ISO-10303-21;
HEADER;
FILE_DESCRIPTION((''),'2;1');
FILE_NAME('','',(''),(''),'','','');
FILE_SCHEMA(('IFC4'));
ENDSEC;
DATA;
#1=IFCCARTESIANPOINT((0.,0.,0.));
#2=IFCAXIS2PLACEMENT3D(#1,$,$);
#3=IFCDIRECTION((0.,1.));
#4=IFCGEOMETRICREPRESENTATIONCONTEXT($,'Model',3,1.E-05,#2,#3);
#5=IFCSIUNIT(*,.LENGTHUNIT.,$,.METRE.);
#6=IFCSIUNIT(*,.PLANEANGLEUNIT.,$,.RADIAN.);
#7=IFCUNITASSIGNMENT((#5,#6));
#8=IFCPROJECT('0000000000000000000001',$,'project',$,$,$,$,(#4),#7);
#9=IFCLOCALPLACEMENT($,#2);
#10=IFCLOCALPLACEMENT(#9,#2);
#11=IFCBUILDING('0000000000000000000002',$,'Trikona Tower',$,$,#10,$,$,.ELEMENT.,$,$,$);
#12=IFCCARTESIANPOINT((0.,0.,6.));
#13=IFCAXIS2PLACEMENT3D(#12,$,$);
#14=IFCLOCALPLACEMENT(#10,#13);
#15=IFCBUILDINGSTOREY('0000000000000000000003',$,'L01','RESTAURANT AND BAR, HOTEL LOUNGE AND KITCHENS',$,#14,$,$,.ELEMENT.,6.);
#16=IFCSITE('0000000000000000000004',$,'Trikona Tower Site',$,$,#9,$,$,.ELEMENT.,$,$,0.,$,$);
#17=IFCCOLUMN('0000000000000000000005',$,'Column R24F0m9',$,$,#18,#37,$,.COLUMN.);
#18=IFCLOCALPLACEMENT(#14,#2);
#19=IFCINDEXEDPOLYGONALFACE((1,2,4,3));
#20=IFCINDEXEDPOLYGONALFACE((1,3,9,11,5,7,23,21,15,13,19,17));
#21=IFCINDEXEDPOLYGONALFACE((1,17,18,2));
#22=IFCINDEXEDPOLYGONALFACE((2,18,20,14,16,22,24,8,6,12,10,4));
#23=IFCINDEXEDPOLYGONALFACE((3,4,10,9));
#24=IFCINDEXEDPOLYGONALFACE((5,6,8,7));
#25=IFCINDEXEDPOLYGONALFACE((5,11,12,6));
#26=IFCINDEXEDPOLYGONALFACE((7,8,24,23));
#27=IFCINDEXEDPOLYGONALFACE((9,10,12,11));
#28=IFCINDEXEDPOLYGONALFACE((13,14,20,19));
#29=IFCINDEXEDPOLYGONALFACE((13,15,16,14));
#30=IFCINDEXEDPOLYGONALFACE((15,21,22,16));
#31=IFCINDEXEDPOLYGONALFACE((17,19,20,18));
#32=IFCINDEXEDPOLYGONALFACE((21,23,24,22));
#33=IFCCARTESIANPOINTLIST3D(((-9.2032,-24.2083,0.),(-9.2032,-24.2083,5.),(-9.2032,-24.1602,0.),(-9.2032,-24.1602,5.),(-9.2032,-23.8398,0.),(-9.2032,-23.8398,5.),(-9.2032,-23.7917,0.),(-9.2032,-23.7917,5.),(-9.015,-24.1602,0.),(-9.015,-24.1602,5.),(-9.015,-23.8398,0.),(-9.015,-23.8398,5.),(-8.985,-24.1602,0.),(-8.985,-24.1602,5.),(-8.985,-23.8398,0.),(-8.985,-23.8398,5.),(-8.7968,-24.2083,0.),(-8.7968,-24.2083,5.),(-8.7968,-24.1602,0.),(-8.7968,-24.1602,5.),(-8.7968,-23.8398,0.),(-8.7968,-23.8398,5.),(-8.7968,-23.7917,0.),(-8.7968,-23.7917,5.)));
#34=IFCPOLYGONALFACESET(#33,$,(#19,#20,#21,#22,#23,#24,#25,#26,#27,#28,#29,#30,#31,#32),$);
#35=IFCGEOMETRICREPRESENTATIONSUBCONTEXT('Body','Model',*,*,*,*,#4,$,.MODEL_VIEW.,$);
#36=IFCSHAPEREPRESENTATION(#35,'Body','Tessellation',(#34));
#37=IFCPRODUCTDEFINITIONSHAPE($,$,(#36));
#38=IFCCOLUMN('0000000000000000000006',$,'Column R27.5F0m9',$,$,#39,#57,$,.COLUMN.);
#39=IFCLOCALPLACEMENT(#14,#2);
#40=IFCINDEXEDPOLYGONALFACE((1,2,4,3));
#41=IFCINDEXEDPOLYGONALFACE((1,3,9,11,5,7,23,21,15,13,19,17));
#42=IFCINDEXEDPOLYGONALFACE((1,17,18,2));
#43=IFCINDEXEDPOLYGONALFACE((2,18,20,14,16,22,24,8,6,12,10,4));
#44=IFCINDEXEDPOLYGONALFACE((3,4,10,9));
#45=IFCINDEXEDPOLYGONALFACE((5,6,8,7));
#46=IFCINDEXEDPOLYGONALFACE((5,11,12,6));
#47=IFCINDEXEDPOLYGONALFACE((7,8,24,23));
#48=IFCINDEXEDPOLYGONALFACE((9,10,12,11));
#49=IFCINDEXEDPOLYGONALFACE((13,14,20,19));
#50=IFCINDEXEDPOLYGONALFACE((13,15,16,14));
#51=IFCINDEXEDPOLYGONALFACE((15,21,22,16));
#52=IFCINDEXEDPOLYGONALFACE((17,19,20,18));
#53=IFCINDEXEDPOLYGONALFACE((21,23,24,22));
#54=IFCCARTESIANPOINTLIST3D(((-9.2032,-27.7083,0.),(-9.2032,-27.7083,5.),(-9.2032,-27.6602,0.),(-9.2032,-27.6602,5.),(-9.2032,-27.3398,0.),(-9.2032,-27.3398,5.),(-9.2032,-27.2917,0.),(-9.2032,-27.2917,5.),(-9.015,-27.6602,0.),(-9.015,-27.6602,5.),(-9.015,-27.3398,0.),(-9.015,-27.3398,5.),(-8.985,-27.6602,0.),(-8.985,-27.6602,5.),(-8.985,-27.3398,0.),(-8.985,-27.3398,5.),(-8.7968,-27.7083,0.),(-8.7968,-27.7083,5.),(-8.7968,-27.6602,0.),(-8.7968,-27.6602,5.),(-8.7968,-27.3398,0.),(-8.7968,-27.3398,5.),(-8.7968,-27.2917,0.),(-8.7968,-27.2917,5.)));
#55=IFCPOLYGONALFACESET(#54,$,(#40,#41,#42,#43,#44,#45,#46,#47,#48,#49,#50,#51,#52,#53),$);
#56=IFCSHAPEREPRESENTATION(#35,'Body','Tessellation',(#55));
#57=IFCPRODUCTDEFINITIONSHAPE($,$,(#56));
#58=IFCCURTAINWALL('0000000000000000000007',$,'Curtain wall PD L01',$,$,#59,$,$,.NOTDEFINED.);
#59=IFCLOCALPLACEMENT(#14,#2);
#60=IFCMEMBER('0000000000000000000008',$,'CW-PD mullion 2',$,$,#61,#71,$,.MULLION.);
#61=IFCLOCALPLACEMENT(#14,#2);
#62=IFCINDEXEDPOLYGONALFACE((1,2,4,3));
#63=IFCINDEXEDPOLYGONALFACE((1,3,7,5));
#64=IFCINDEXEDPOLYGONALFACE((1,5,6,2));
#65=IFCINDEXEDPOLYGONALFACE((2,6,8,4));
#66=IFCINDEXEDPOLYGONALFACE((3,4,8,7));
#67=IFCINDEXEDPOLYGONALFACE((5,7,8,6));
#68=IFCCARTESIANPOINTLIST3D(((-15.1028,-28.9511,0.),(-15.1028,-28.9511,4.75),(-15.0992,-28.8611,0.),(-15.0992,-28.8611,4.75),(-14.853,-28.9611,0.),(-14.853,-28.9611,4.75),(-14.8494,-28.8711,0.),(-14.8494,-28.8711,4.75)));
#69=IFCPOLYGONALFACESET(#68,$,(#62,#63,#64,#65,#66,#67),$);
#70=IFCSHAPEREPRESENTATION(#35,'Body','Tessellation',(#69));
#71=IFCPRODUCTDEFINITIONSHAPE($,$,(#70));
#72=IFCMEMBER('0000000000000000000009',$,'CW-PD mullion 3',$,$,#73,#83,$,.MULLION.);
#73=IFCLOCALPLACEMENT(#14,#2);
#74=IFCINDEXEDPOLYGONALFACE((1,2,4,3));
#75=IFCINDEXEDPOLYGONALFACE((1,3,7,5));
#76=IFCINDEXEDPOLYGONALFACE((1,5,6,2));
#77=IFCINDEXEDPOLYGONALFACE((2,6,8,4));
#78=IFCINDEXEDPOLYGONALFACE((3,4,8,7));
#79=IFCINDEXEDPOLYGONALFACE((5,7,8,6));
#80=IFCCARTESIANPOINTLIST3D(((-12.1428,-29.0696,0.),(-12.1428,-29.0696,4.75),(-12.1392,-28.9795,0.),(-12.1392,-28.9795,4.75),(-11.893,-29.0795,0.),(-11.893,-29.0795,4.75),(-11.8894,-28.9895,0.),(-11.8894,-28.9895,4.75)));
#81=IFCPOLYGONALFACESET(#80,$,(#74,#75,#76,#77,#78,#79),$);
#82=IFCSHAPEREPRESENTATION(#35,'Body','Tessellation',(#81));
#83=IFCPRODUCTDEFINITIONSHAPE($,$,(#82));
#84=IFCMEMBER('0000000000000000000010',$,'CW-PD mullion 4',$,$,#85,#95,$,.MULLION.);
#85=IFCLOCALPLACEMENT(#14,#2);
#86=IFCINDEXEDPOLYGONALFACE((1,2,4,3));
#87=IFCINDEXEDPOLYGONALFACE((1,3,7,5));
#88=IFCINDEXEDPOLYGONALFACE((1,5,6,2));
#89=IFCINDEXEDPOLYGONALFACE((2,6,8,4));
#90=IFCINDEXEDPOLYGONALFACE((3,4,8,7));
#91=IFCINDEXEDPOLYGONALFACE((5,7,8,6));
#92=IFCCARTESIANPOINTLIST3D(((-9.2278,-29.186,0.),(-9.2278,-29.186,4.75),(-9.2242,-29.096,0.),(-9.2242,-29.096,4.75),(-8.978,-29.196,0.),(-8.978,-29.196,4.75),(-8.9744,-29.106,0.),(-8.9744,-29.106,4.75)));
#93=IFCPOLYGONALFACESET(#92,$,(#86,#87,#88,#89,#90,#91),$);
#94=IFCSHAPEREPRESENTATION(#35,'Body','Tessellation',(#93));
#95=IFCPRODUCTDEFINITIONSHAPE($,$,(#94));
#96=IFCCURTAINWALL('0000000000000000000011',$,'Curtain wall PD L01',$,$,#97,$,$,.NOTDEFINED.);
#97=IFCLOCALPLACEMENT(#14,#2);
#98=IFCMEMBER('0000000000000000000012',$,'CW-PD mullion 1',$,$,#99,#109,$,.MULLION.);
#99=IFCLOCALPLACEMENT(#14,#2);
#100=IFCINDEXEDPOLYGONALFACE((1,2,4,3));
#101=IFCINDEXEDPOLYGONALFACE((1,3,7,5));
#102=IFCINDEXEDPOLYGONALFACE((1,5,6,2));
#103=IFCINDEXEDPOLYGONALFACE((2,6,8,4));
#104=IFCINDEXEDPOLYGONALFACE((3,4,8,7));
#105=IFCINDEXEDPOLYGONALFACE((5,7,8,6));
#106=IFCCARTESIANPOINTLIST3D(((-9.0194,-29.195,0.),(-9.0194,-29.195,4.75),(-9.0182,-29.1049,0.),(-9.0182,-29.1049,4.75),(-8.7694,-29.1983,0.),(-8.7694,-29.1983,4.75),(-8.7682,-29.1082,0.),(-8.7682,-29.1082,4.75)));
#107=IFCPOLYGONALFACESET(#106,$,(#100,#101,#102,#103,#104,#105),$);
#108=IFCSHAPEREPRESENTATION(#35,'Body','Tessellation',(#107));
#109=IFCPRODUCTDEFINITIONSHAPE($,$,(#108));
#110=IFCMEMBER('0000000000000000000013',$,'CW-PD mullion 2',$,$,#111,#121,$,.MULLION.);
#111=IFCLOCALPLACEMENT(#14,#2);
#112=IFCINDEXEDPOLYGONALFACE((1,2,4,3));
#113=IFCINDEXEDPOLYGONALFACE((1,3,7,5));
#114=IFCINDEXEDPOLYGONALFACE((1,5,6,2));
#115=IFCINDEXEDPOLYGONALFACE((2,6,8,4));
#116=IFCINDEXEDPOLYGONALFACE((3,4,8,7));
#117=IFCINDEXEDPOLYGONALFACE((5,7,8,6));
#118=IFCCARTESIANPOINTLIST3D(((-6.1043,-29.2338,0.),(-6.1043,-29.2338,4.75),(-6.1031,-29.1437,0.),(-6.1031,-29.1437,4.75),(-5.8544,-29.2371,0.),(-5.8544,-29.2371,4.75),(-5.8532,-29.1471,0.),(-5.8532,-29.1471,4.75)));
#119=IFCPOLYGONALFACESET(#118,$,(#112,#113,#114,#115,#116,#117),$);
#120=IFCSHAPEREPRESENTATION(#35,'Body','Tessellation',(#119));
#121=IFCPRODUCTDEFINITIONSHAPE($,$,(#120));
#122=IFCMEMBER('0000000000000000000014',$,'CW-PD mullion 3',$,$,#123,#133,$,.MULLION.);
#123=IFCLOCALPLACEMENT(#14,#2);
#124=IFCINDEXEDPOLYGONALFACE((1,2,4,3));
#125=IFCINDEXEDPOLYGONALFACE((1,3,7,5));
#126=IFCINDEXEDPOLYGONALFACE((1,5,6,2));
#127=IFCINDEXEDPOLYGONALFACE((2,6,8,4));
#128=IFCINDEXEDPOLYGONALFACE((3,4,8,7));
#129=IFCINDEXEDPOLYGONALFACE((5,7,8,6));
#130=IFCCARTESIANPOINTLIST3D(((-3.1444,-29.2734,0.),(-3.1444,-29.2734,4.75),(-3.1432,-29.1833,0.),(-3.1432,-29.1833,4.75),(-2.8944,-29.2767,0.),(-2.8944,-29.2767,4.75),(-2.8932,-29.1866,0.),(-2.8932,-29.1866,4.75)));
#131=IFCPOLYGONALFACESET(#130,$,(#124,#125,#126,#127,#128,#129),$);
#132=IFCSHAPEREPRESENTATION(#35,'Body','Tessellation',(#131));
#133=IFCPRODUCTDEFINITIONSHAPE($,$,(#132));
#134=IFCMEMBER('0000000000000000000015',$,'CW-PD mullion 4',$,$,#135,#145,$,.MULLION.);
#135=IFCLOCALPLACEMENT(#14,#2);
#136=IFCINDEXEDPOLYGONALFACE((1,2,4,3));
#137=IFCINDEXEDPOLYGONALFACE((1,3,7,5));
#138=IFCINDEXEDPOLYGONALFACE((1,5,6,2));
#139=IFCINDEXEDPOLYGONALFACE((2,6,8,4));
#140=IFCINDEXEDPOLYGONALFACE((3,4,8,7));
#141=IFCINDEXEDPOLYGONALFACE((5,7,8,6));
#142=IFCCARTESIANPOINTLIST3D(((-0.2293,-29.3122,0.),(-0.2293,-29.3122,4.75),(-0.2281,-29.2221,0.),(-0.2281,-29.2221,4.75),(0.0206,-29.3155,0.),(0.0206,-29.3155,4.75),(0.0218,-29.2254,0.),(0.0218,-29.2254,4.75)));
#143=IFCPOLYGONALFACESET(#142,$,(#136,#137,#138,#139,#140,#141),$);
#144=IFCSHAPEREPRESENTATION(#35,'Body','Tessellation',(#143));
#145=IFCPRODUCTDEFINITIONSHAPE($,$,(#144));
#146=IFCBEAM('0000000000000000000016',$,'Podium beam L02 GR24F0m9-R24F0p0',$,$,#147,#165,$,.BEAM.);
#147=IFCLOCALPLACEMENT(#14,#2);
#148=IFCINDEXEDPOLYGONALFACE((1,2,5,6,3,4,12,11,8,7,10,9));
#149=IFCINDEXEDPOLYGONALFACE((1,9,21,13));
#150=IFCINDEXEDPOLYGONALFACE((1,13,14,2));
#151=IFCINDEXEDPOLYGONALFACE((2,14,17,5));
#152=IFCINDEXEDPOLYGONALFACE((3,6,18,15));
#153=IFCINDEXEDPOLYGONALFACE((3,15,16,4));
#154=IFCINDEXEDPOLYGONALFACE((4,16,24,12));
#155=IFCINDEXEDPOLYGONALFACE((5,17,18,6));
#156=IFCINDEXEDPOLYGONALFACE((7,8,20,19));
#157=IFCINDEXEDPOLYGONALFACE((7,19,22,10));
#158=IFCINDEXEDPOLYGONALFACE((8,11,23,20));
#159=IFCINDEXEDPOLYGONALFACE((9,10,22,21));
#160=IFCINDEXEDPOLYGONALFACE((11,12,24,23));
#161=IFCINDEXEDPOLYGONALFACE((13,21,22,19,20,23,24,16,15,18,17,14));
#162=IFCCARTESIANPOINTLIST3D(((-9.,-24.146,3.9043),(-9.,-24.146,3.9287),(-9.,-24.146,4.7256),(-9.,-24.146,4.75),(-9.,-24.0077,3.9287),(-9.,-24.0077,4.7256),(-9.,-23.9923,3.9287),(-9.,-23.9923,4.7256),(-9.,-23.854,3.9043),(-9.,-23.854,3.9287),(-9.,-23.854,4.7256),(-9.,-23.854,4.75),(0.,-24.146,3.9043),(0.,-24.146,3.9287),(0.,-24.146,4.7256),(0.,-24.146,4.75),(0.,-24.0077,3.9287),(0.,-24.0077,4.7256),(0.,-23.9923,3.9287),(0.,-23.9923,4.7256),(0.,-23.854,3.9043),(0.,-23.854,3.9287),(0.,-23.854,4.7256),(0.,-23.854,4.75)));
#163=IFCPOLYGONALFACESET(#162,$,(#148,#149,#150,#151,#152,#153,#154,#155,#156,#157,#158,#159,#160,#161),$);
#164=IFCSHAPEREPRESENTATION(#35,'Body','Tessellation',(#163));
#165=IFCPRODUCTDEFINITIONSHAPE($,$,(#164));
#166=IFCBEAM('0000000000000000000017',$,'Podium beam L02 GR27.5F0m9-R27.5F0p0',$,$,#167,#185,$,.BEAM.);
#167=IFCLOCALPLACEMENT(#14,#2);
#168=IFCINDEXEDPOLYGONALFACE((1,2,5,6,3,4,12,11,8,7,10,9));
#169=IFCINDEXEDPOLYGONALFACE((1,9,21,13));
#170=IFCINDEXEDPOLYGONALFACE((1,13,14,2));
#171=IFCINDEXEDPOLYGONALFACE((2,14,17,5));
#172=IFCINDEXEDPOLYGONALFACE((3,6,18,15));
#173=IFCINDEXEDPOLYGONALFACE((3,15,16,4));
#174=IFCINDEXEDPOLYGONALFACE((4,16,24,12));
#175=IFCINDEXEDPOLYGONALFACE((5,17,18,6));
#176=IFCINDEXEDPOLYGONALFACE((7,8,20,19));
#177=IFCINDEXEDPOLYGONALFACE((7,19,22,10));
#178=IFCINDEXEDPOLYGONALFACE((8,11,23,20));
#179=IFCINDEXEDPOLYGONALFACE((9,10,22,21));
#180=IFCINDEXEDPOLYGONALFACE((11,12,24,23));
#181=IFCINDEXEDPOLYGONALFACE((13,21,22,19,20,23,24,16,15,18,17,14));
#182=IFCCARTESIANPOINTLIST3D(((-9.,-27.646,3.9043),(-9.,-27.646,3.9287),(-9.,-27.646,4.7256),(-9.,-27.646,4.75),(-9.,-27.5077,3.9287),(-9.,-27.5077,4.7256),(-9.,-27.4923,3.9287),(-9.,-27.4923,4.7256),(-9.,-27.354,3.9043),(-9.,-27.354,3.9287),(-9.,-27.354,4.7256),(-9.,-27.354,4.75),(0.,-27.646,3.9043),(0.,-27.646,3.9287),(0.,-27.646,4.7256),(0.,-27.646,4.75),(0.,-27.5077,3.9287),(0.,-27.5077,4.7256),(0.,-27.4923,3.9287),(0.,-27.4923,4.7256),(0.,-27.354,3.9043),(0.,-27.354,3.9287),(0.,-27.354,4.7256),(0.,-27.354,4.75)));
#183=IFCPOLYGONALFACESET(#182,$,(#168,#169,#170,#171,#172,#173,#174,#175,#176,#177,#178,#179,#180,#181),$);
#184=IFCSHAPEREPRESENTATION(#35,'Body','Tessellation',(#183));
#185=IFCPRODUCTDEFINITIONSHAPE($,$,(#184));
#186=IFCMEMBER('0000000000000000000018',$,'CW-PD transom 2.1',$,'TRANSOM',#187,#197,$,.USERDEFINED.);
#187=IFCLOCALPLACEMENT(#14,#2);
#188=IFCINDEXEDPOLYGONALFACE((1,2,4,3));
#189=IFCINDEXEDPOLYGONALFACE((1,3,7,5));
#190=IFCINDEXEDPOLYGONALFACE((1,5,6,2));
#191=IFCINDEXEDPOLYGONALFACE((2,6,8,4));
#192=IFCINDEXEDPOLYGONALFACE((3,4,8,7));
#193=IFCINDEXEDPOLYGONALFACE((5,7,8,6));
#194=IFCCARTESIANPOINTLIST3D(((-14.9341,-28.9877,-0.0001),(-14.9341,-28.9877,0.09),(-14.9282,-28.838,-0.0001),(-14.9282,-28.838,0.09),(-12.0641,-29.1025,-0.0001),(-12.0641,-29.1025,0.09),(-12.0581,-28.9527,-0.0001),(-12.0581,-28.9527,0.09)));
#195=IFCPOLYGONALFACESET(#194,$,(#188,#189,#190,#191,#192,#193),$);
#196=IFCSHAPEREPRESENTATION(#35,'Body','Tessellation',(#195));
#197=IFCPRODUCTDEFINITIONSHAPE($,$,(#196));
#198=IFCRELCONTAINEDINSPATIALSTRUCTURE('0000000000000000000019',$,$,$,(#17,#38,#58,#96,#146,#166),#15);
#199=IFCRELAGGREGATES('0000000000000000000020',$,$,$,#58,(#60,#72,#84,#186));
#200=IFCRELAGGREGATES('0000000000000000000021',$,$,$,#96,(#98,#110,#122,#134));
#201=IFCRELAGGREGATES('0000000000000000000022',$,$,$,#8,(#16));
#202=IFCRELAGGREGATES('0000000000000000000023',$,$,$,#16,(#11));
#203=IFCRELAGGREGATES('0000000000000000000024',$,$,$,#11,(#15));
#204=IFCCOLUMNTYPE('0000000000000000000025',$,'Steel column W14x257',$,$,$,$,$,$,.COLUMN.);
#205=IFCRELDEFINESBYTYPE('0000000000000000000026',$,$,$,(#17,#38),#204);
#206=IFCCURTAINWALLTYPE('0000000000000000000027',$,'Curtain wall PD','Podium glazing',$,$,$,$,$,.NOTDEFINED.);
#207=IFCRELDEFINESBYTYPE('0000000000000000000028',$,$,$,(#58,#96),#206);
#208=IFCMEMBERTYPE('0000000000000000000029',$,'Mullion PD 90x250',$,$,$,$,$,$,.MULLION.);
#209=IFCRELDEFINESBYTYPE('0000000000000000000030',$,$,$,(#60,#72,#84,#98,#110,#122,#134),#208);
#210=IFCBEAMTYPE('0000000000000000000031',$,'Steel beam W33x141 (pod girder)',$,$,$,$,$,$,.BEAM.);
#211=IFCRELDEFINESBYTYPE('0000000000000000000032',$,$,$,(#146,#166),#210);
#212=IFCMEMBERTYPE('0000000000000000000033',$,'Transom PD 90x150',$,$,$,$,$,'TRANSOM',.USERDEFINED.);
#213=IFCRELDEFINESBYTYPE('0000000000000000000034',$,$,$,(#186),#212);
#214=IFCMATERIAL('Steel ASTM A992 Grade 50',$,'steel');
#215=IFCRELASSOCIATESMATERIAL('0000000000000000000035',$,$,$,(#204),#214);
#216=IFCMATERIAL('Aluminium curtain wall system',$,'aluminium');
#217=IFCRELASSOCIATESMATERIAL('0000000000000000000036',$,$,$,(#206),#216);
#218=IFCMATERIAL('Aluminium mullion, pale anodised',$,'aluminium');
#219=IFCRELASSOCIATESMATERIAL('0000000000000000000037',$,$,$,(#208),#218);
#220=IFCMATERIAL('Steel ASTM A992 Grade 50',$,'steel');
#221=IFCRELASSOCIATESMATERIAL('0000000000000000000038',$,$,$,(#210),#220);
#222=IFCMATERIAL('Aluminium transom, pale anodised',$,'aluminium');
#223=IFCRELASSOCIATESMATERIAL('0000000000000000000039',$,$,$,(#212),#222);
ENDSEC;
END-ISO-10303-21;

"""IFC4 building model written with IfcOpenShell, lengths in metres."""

from ifc_helpers import new_model, si_unit, direction, frame, origin, origin_2d, place, context, subcontext, project, spatial, rectangle, i_section, extrude, material, material_profile, profile_set, type_object, element, aggregate, save


model = new_model("IFC4")

# Units and contexts
model_context = context("Model", 3, precision=1e-05, world=origin(), true_north=direction((0.0, 1.0)))
body_context = subcontext(model_context, "Body", "Model", "MODEL_VIEW")
ifc_project = project(units=[si_unit("LENGTHUNIT", "METRE"), si_unit("PLANEANGLEUNIT", "RADIAN")], contexts=[model_context])

# Site, building, storey
site_placement = place(None, origin())
site = spatial("IfcSite", under=ifc_project, at=site_placement, Name="Trikona Tower Site", CompositionType="ELEMENT", RefElevation=0.0)
building_placement = place(site_placement, origin())
building = spatial("IfcBuilding", under=site, at=building_placement, Name="Trikona Tower", CompositionType="ELEMENT")
storey_placement = place(building_placement, frame((0.0, 0.0, 6.0)))
storey = spatial("IfcBuildingStorey", under=building, at=storey_placement, Name="L01", Description="RESTAURANT AND BAR, HOTEL LOUNGE AND KITCHENS", CompositionType="ELEMENT", Elevation=6.0)

# Columns
ifc_material_1 = material(Name="Steel ASTM A992 Grade 50", Category="steel")
ifc_material_profile_1 = material_profile(ifc_material_1, i_section(OverallWidth=0.4065, OverallDepth=0.4165, WebThickness=0.03, FlangeThickness=0.0481, at=origin_2d()), Name="W14X257")
ifc_profile_set_1 = profile_set([ifc_material_profile_1], Name="Steel ASTM A992 Grade 50")
column_type = type_object("IfcColumnType", Name="Steel column W14x257", PredefinedType="COLUMN", material=ifc_profile_set_1)
for number, where, z_axis, x_axis, name in (
    (1, (-9.0, -24.0, 0.0), (0.0, 0.0, 1.0), (1.0, 0.0, 0.0), "Column R24F0m9"),
    (2, (-9.0, -27.5, 0.0), (0.0, 0.0, 1.0), (1.0, 0.0, 0.0), "Column R27.5F0m9"),
):
    element("IfcColumn", number, at=place(storey_placement, frame(where, z_axis=z_axis, x_axis=x_axis)), inside=storey, type_object=column_type, Name=name, PredefinedType="COLUMN", context=body_context, shape_type="SweptSolid", body=[
        extrude(i_section(OverallWidth=0.4065, OverallDepth=0.4165, WebThickness=0.03, FlangeThickness=0.0481, at=origin_2d()), origin(), (0.0, 0.0, 1.0), 5.0),
    ])

# Curtain walls, members
ifc_material_2 = material(Name="Aluminium curtain wall system", Category="aluminium")
curtain_wall_type = type_object("IfcCurtainWallType", Name="Curtain wall PD", Description="Podium glazing", PredefinedType="NOTDEFINED", material=ifc_material_2)
curtain_wall_1_placement = place(storey_placement, origin())
curtain_wall_1 = element("IfcCurtainWall", 3, at=curtain_wall_1_placement, inside=storey, type_object=curtain_wall_type, Name="Curtain wall PD L01", PredefinedType="NOTDEFINED")
ifc_material_3 = material(Name="Aluminium mullion, pale anodised", Category="aluminium")
ifc_material_profile_2 = material_profile(ifc_material_3, rectangle(XDim=0.0901, YDim=0.25, at=origin_2d()), Name="MUL-PD")
ifc_profile_set_2 = profile_set([ifc_material_profile_2], Name="Aluminium mullion, pale anodised")
member_type_1 = type_object("IfcMemberType", Name="Mullion PD 90x250", PredefinedType="MULLION", material=ifc_profile_set_2)
member_1_placement = place(storey_placement, frame((-14.9761, -28.9111, 0.0), z_axis=(0.0, 0.0, 1.0), x_axis=(0.039968, 0.999201, 0.0)))
member_1 = element("IfcMember", 4, at=member_1_placement, type_object=member_type_1, Name="CW-PD mullion 2", PredefinedType="MULLION", context=body_context, shape_type="SweptSolid", body=[
    extrude(rectangle(XDim=0.0901, YDim=0.25, at=origin_2d()), origin(), (0.0, 0.0, 1.0), 4.75),
])
member_2_placement = place(storey_placement, frame((-12.0161, -29.0295, 0.0), z_axis=(0.0, 0.0, 1.0), x_axis=(0.039968, 0.999201, 0.0)))
member_2 = element("IfcMember", 5, at=member_2_placement, type_object=member_type_1, Name="CW-PD mullion 3", PredefinedType="MULLION", context=body_context, shape_type="SweptSolid", body=[
    extrude(rectangle(XDim=0.0901, YDim=0.25, at=origin_2d()), origin(), (0.0, 0.0, 1.0), 4.75),
])
member_3_placement = place(storey_placement, frame((-9.1011, -29.146, 0.0), z_axis=(0.0, 0.0, 1.0), x_axis=(0.039968, 0.999201, 0.0)))
member_3 = element("IfcMember", 6, at=member_3_placement, type_object=member_type_1, Name="CW-PD mullion 4", PredefinedType="MULLION", context=body_context, shape_type="SweptSolid", body=[
    extrude(rectangle(XDim=0.0901, YDim=0.25, at=origin_2d()), origin(), (0.0, 0.0, 1.0), 4.75),
])
curtain_wall_2_placement = place(storey_placement, origin())
curtain_wall_2 = element("IfcCurtainWall", 7, at=curtain_wall_2_placement, inside=storey, type_object=curtain_wall_type, Name="Curtain wall PD L01", PredefinedType="NOTDEFINED")
member_4_placement = place(storey_placement, frame((-8.8938, -29.1516, 0.0), z_axis=(0.0, 0.0, 1.0), x_axis=(0.013332, 0.999911, 0.0)))
member_4 = element("IfcMember", 8, at=member_4_placement, type_object=member_type_1, Name="CW-PD mullion 1", PredefinedType="MULLION", context=body_context, shape_type="SweptSolid", body=[
    extrude(rectangle(XDim=0.0901, YDim=0.25, at=origin_2d()), origin(), (0.0, 0.0, 1.0), 4.75),
])
member_5_placement = place(storey_placement, frame((-5.9788, -29.1904, 0.0), z_axis=(0.0, 0.0, 1.0), x_axis=(0.013332, 0.999911, 0.0)))
member_5 = element("IfcMember", 9, at=member_5_placement, type_object=member_type_1, Name="CW-PD mullion 2", PredefinedType="MULLION", context=body_context, shape_type="SweptSolid", body=[
    extrude(rectangle(XDim=0.0901, YDim=0.25, at=origin_2d()), origin(), (0.0, 0.0, 1.0), 4.75),
])
member_6_placement = place(storey_placement, frame((-3.0188, -29.23, 0.0), z_axis=(0.0, 0.0, 1.0), x_axis=(0.013332, 0.999911, 0.0)))
member_6 = element("IfcMember", 10, at=member_6_placement, type_object=member_type_1, Name="CW-PD mullion 3", PredefinedType="MULLION", context=body_context, shape_type="SweptSolid", body=[
    extrude(rectangle(XDim=0.0901, YDim=0.25, at=origin_2d()), origin(), (0.0, 0.0, 1.0), 4.75),
])
member_7_placement = place(storey_placement, frame((-0.1038, -29.2688, 0.0), z_axis=(0.0, 0.0, 1.0), x_axis=(0.013332, 0.999911, 0.0)))
member_7 = element("IfcMember", 11, at=member_7_placement, type_object=member_type_1, Name="CW-PD mullion 4", PredefinedType="MULLION", context=body_context, shape_type="SweptSolid", body=[
    extrude(rectangle(XDim=0.0901, YDim=0.25, at=origin_2d()), origin(), (0.0, 0.0, 1.0), 4.75),
])

# Beams
ifc_material_4 = material(Name="Steel ASTM A992 Grade 50", Category="steel")
ifc_material_profile_3 = material_profile(ifc_material_4, i_section(OverallWidth=0.292, OverallDepth=0.8457, WebThickness=0.0154, FlangeThickness=0.0244, at=origin_2d()), Name="W33X141")
ifc_profile_set_3 = profile_set([ifc_material_profile_3], Name="Steel ASTM A992 Grade 50")
beam_type = type_object("IfcBeamType", Name="Steel beam W33x141 (pod girder)", PredefinedType="BEAM", material=ifc_profile_set_3)
for number, where, z_axis, x_axis, name in (
    (12, (-9.0, -24.0, 4.3271), (1.0, 0.0, 0.0), (0.0, 1.0, 0.0), "Podium beam L02 GR24F0m9-R24F0p0"),
    (13, (-9.0, -27.5, 4.3271), (1.0, 0.0, 0.0), (0.0, 1.0, 0.0), "Podium beam L02 GR27.5F0m9-R27.5F0p0"),
):
    element("IfcBeam", number, at=place(storey_placement, frame(where, z_axis=z_axis, x_axis=x_axis)), inside=storey, type_object=beam_type, Name=name, PredefinedType="BEAM", context=body_context, shape_type="SweptSolid", body=[
        extrude(i_section(OverallWidth=0.292, OverallDepth=0.8457, WebThickness=0.0154, FlangeThickness=0.0244, at=origin_2d()), origin(), (0.0, 0.0, 1.0), 9.0),
    ])

# Member
ifc_material_5 = material(Name="Aluminium transom, pale anodised", Category="aluminium")
ifc_material_profile_4 = material_profile(ifc_material_5, rectangle(XDim=0.1499, YDim=0.0901, at=origin_2d()), Name="TRN-PD")
ifc_profile_set_4 = profile_set([ifc_material_profile_4], Name="Aluminium transom, pale anodised")
member_type_2 = type_object("IfcMemberType", Name="Transom PD 90x150", ElementType="TRANSOM", PredefinedType="USERDEFINED", material=ifc_profile_set_4)
member_8_placement = place(storey_placement, frame((-14.9312, -28.9128, 0.0449), z_axis=(0.999202, -0.039948, 0.0), x_axis=(0.039948, 0.999202, 0.0)))
member_8 = element("IfcMember", 14, at=member_8_placement, type_object=member_type_2, Name="CW-PD transom 2.1", ObjectType="TRANSOM", PredefinedType="USERDEFINED", context=body_context, shape_type="SweptSolid", body=[
    extrude(rectangle(XDim=0.1499, YDim=0.0901, at=origin_2d()), origin(), (0.0, 0.0, 1.0), 2.8723),
])

aggregate(curtain_wall_1, [member_1, member_2, member_3, member_8])
aggregate(curtain_wall_2, [member_4, member_5, member_6, member_7])

save(model, "model.ifc")
